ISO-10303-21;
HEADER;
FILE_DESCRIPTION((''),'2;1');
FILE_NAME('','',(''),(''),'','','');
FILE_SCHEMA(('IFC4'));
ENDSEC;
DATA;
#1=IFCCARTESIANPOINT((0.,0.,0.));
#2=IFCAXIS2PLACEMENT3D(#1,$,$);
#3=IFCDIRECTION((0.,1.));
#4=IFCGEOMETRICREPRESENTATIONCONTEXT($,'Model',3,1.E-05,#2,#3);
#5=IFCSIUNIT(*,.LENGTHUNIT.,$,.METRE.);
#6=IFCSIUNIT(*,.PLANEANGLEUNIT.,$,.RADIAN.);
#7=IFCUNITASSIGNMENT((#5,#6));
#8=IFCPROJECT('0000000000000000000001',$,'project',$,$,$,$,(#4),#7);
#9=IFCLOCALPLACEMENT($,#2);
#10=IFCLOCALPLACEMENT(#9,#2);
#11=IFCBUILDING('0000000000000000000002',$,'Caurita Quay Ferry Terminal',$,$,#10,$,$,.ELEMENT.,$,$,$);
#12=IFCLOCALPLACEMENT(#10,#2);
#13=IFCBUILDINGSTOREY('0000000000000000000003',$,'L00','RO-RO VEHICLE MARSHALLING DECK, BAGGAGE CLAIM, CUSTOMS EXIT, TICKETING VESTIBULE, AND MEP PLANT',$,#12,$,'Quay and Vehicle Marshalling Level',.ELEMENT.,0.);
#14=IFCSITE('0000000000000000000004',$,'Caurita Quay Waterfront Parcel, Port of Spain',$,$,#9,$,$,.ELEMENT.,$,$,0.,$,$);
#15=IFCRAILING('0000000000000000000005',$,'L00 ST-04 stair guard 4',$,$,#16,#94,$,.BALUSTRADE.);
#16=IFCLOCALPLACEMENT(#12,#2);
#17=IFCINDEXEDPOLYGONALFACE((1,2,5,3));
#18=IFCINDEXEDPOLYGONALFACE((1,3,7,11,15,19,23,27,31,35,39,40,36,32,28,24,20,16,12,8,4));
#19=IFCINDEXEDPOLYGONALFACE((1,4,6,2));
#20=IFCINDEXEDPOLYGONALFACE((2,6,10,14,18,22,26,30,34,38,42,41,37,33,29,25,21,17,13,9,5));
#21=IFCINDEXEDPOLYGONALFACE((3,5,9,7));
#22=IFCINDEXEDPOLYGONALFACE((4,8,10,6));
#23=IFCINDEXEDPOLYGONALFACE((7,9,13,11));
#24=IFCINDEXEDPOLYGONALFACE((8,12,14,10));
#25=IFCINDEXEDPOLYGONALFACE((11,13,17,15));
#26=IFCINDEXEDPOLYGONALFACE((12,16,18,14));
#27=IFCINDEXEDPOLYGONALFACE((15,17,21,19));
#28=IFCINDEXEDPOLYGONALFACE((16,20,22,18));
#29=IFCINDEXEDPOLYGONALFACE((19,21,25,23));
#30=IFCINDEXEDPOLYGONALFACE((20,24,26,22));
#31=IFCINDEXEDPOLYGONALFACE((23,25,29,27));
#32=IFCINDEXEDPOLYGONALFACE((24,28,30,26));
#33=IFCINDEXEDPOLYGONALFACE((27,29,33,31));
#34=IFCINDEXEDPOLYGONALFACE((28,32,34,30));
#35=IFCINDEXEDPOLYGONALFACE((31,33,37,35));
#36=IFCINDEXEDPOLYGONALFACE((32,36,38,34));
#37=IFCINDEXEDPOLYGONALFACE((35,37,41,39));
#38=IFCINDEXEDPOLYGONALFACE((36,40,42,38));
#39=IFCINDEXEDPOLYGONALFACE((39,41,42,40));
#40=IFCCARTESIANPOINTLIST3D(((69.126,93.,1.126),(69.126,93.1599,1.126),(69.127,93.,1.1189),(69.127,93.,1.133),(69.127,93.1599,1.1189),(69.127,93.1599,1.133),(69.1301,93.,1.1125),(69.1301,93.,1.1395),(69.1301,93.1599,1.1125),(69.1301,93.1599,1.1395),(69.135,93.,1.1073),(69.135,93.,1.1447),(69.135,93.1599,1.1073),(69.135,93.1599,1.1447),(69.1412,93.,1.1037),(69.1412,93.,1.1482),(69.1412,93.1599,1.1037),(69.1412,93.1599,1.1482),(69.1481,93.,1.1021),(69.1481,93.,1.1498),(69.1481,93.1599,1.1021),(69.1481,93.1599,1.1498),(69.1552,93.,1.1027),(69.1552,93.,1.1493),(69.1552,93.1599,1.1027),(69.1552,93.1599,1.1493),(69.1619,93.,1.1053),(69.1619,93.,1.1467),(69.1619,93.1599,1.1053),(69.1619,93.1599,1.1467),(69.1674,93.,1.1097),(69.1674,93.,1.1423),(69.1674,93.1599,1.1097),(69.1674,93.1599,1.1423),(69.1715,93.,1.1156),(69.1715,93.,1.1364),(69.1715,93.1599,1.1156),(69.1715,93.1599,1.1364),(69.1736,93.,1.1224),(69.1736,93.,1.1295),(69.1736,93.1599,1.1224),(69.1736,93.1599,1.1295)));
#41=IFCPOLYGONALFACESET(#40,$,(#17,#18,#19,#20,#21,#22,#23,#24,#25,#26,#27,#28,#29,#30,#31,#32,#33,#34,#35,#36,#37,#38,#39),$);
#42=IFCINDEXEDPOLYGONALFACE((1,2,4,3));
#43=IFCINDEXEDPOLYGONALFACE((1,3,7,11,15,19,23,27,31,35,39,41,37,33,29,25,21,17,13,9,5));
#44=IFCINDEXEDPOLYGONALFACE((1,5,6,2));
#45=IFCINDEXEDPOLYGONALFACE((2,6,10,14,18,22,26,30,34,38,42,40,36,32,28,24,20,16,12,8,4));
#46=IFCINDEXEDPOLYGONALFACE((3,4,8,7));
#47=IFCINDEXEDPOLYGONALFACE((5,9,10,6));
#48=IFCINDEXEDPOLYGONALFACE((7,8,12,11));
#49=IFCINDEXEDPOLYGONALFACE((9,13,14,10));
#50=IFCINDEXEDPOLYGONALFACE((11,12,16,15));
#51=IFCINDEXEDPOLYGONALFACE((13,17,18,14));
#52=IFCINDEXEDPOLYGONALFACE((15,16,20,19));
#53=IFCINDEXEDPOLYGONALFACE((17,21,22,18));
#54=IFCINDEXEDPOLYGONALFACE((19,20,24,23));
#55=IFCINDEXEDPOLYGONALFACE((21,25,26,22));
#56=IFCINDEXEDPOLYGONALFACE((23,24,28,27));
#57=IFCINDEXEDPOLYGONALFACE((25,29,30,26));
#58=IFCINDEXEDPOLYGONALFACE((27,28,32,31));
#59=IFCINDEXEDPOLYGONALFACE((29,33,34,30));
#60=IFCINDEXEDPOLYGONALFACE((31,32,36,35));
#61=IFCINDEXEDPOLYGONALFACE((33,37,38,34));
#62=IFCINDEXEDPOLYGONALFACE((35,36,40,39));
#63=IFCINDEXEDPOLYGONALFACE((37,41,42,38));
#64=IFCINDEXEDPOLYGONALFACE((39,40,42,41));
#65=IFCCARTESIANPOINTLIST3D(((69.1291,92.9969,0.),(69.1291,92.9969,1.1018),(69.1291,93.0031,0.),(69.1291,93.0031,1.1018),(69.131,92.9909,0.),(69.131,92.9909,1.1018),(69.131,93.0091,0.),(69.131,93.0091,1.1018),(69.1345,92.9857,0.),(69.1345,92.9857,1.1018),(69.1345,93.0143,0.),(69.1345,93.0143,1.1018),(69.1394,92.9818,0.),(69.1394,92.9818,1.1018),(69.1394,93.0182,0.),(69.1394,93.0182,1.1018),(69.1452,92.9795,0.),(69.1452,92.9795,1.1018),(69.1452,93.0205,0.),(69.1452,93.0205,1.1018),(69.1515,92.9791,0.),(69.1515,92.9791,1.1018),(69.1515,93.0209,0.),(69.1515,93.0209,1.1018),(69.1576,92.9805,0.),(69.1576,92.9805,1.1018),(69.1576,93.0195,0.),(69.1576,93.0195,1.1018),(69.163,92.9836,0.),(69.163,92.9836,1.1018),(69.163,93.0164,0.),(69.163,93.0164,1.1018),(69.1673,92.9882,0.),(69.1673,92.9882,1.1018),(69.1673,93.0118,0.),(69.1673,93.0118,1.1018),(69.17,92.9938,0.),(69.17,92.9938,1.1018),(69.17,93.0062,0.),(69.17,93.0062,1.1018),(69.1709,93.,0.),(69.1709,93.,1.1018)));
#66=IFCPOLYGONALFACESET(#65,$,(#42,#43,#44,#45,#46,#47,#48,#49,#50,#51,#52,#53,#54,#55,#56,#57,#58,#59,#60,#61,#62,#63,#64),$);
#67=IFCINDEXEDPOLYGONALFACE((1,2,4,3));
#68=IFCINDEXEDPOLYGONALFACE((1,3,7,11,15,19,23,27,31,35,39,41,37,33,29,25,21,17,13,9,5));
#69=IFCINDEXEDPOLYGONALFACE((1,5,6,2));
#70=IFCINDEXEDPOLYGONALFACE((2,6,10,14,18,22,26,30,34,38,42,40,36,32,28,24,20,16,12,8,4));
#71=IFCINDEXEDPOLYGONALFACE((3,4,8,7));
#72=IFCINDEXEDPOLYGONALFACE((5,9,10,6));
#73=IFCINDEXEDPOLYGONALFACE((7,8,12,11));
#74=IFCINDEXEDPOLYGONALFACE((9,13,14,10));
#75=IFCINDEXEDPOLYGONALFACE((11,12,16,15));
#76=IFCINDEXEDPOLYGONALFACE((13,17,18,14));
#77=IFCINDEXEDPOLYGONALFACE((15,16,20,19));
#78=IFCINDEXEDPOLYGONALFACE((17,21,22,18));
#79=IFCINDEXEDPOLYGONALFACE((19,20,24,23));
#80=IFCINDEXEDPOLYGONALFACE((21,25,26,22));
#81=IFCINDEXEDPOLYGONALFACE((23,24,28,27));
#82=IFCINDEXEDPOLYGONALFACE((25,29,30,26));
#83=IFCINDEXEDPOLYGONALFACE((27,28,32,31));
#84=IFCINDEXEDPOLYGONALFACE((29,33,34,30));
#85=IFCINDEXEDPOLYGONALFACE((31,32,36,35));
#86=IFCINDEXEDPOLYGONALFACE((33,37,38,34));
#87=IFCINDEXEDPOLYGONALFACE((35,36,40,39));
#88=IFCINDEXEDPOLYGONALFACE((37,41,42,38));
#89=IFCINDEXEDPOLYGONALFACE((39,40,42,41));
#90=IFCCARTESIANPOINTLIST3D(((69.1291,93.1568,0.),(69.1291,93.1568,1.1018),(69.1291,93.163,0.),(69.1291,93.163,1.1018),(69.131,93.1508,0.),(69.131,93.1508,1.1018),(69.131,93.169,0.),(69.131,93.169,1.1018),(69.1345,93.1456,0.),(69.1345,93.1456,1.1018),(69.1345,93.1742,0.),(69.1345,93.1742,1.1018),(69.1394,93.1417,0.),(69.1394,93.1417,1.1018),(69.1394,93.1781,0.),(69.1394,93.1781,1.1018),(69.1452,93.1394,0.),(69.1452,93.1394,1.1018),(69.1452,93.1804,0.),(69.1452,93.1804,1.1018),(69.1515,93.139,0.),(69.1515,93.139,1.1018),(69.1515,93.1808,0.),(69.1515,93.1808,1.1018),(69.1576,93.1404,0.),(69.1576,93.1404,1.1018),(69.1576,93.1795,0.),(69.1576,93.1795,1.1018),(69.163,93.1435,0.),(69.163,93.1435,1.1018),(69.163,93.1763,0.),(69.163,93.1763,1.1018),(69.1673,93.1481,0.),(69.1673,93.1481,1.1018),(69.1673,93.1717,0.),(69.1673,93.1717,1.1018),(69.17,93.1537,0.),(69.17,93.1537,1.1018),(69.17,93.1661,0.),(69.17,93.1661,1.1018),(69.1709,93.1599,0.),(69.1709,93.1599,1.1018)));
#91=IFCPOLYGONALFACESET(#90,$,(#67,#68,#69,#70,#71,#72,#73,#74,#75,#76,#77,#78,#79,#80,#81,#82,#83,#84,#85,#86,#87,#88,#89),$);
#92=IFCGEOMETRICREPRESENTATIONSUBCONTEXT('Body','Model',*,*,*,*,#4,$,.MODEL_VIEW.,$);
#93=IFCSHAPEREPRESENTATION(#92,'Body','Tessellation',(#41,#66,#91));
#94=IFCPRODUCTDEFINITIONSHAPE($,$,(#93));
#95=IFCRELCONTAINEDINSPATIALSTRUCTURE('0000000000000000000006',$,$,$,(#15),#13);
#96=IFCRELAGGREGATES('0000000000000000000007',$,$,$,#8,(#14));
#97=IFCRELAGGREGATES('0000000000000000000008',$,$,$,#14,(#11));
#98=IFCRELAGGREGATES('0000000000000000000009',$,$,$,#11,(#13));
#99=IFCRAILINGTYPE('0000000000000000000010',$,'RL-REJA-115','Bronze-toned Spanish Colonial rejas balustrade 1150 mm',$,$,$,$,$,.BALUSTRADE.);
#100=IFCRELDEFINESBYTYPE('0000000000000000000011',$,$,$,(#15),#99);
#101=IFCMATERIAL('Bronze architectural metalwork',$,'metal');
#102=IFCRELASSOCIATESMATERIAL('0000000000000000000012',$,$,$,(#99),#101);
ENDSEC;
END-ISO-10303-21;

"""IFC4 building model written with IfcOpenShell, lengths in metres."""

from ifc_helpers import new_model, si_unit, direction, frame, origin, origin_2d, place, context, subcontext, project, spatial, circle, extrude, material, type_object, element, save


model = new_model("IFC4")

# Units and contexts
model_context = context("Model", 3, precision=1e-05, world=origin(), true_north=direction((0.0, 1.0)))
body_context = subcontext(model_context, "Body", "Model", "MODEL_VIEW")
ifc_project = project(units=[si_unit("LENGTHUNIT", "METRE"), si_unit("PLANEANGLEUNIT", "RADIAN")], contexts=[model_context])

# Site, building, storey
site_placement = place(None, origin())
site = spatial("IfcSite", under=ifc_project, at=site_placement, Name="Caurita Quay Waterfront Parcel, Port of Spain", CompositionType="ELEMENT", RefElevation=0.0)
building_placement = place(site_placement, origin())
building = spatial("IfcBuilding", under=site, at=building_placement, Name="Caurita Quay Ferry Terminal", CompositionType="ELEMENT")
storey_placement = place(building_placement, origin())
storey = spatial("IfcBuildingStorey", under=building, at=storey_placement, Name="L00", Description="RO-RO VEHICLE MARSHALLING DECK, BAGGAGE CLAIM, CUSTOMS EXIT, TICKETING VESTIBULE, AND MEP PLANT", LongName="Quay and Vehicle Marshalling Level", CompositionType="ELEMENT", Elevation=0.0)

# Railing
ifc_material_1 = material(Name="Bronze architectural metalwork", Category="metal")
railing_type_1 = type_object("IfcRailingType", Name="RL-REJA-115", Description="Bronze-toned Spanish Colonial rejas balustrade 1150 mm", PredefinedType="BALUSTRADE", material=ifc_material_1)
railing_1_placement = place(storey_placement, frame((69.1499, 93.0, 0.0)))
element("IfcRailing", 1, at=railing_1_placement, inside=storey, type_object=railing_type_1, Name="L00 ST-04 stair guard 4", PredefinedType="BALUSTRADE", context=body_context, shape_type="SweptSolid", body=[
    extrude(circle(Radius=0.0239, at=origin_2d()), frame((0.0, 0.0, 1.126), z_axis=(0.0, 1.0, 0.0), x_axis=(-1.0, 0.0, 0.0)), (0.0, 0.0, 1.0), 0.1599),
    extrude(circle(Radius=0.021, at=origin_2d()), origin(), (0.0, 0.0, 1.0), 1.1018),
    extrude(circle(Radius=0.021, at=origin_2d()), frame((0.0, 0.1599, 0.0)), (0.0, 0.0, 1.0), 1.1018),
])

save(model, "model.ifc")
